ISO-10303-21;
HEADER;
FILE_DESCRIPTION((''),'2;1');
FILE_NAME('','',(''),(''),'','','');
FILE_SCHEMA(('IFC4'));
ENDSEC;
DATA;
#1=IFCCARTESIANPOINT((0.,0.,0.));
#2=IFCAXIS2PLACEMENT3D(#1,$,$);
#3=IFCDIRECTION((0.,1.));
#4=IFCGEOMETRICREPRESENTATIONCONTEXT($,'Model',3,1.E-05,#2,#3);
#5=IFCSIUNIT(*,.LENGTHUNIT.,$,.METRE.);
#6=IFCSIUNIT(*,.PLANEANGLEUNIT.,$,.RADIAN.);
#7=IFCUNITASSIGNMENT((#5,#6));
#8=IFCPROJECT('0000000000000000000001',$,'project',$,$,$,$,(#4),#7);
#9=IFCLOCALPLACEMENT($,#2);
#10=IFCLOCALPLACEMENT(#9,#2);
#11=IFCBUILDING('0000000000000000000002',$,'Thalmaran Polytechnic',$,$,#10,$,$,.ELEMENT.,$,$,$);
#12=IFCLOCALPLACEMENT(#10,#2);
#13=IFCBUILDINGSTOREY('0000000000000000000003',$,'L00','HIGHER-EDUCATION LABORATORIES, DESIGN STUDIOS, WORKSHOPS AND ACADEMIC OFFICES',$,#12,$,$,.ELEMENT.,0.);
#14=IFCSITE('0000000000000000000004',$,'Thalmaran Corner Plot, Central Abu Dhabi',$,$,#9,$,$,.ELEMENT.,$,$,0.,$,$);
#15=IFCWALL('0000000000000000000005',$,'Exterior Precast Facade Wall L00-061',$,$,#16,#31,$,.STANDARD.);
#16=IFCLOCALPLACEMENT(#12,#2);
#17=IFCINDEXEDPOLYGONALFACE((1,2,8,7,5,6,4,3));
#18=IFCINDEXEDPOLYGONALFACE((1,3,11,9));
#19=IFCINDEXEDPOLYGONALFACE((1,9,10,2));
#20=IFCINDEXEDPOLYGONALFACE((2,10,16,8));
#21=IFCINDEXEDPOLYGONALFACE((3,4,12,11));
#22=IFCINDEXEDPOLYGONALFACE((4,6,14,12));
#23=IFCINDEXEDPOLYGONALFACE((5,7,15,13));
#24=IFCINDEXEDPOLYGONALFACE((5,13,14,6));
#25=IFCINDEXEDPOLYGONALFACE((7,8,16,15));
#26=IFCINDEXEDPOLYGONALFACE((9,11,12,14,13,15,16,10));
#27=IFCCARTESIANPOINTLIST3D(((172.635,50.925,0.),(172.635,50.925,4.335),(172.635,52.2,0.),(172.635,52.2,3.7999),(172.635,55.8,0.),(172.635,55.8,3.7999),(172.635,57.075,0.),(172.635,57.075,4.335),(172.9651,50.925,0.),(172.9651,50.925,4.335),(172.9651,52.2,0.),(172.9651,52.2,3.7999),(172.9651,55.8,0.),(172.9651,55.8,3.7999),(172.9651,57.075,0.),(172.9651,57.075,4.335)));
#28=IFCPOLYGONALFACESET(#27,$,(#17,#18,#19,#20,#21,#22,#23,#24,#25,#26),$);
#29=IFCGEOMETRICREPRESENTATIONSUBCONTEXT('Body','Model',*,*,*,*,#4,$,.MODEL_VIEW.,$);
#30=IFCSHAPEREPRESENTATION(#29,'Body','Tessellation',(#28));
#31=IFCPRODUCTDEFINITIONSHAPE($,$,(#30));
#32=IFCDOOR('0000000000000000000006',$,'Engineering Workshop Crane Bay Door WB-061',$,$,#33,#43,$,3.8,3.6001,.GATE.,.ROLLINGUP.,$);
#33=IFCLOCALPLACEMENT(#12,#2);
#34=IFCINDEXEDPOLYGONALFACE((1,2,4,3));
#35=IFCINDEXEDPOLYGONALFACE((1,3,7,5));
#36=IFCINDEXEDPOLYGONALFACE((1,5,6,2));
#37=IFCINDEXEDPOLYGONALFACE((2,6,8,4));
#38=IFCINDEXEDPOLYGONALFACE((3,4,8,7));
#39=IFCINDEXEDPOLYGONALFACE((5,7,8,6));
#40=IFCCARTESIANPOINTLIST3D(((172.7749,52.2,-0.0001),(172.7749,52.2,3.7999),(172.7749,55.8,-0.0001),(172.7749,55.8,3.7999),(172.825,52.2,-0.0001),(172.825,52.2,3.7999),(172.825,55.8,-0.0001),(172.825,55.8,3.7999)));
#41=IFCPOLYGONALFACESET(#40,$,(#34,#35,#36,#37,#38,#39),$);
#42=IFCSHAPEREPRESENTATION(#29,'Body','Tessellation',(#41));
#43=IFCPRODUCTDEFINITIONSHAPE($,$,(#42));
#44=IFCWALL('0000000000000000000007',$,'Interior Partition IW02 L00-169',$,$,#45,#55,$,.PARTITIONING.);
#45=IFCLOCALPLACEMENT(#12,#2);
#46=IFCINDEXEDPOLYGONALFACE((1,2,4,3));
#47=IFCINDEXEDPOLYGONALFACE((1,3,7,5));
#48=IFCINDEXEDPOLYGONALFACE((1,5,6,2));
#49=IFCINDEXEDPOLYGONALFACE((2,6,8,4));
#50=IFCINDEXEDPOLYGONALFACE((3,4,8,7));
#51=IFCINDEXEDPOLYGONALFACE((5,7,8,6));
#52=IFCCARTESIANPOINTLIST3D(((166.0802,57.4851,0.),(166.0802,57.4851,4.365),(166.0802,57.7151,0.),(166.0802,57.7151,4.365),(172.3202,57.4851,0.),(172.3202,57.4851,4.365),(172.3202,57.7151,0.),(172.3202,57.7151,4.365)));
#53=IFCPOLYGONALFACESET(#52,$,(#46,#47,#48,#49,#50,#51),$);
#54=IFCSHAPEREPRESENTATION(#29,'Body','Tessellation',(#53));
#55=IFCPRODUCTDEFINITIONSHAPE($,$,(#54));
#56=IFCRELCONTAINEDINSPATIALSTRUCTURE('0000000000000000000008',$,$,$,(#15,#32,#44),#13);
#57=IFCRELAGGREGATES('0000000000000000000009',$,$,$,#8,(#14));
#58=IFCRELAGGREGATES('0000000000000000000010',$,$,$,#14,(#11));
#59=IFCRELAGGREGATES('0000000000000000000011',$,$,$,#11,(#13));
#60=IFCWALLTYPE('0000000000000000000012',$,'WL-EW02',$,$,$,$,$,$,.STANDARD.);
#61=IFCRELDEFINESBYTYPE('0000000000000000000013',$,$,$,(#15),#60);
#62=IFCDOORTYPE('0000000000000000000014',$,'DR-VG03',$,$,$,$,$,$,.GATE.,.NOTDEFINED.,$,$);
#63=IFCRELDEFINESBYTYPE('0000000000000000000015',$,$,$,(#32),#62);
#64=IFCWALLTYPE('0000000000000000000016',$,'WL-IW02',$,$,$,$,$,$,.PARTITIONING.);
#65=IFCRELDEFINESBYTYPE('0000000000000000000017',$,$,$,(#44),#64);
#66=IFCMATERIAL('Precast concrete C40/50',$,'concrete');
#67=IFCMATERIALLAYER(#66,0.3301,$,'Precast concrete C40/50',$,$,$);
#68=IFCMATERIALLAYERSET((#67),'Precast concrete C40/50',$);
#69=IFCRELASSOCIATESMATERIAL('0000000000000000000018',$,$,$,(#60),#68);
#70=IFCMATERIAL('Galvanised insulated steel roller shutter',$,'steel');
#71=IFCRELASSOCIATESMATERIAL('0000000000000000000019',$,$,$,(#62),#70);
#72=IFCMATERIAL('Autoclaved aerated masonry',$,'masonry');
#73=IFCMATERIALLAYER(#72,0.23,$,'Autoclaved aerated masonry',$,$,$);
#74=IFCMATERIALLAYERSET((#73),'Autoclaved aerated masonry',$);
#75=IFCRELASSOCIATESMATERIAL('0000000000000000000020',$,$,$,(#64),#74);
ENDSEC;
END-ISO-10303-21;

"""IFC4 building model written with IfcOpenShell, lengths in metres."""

from ifc_helpers import new_model, si_unit, direction, frame, frame_2d, origin, place, context, subcontext, project, spatial, rectangle, extrude, material, layer, layer_set, type_object, element, fill, save


model = new_model("IFC4")

# Units and contexts
model_context = context("Model", 3, precision=1e-05, world=origin(), true_north=direction((0.0, 1.0)))
body_context = subcontext(model_context, "Body", "Model", "MODEL_VIEW")
ifc_project = project(units=[si_unit("LENGTHUNIT", "METRE"), si_unit("PLANEANGLEUNIT", "RADIAN")], contexts=[model_context])

# Site, building, storey
site_placement = place(None, origin())
site = spatial("IfcSite", under=ifc_project, at=site_placement, Name="Thalmaran Corner Plot, Central Abu Dhabi", CompositionType="ELEMENT", RefElevation=0.0)
building_placement = place(site_placement, origin())
building = spatial("IfcBuilding", under=site, at=building_placement, Name="Thalmaran Polytechnic", CompositionType="ELEMENT")
storey_placement = place(building_placement, origin())
storey = spatial("IfcBuildingStorey", under=building, at=storey_placement, Name="L00", Description="HIGHER-EDUCATION LABORATORIES, DESIGN STUDIOS, WORKSHOPS AND ACADEMIC OFFICES", CompositionType="ELEMENT", Elevation=0.0)

# Wall, opening, door
ifc_material_1 = material(Name="Precast concrete C40/50", Category="concrete")
ifc_material_2 = material(Name="Galvanised insulated steel roller shutter", Category="steel")
ifc_layer_1 = layer(ifc_material_1, 0.3301, Name="Precast concrete C40/50")
ifc_layer_set_1 = layer_set([ifc_layer_1], Name="Precast concrete C40/50")
wall_type_1 = type_object("IfcWallType", Name="WL-EW02", PredefinedType="STANDARD", material=ifc_layer_set_1)
wall_1_placement = place(storey_placement, frame((172.8, 57.075, 0.0), z_axis=(0.0, 0.0, 1.0), x_axis=(0.0, -1.0, 0.0)))
wall_1 = element("IfcWall", 1, at=wall_1_placement, inside=storey, type_object=wall_type_1, Name="Exterior Precast Facade Wall L00-061", PredefinedType="STANDARD", context=body_context, shape_type="SweptSolid", body=[
    extrude(rectangle(XDim=6.1499, YDim=0.3301, at=frame_2d((3.075, 0.0))), origin(), (0.0, 0.0, 1.0), 4.335),
])
opening_1_placement = place(wall_1_placement, frame((1.2749, 0.0, 0.0)))
opening_1 = element("IfcOpeningElement", 2, at=opening_1_placement, cuts=wall_1, PredefinedType="OPENING", context=body_context, shape_type="SweptSolid", body=[
    extrude(rectangle(XDim=3.6001, YDim=3.8, at=frame_2d((1.8, 1.8999))), frame((0.0, 0.175, 0.0), z_axis=(0.0, -1.0, 0.0), x_axis=(1.0, 0.0, 0.0)), (0.0, 0.0, 1.0), 0.3501),
])
door_type_1 = type_object("IfcDoorType", Name="DR-VG03", OperationType="NOTDEFINED", PredefinedType="GATE", material=ifc_material_2)
door_1_placement = place(opening_1_placement, origin())
door_1 = element("IfcDoor", 3, at=door_1_placement, inside=storey, type_object=door_type_1, Name="Engineering Workshop Crane Bay Door WB-061", OperationType="ROLLINGUP", OverallHeight=3.8, OverallWidth=3.6001, PredefinedType="GATE", context=body_context, shape_type="SweptSolid", body=[
    extrude(rectangle(XDim=3.6001, YDim=3.8, at=frame_2d((1.8, 1.8999))), frame((0.0, 0.0249, 0.0), z_axis=(0.0, -1.0, 0.0), x_axis=(1.0, 0.0, 0.0)), (0.0, 0.0, 1.0), 0.05),
])
fill(opening_1, door_1)
ifc_material_3 = material(Name="Autoclaved aerated masonry", Category="masonry")
ifc_layer_2 = layer(ifc_material_3, 0.23, Name="Autoclaved aerated masonry")
ifc_layer_set_2 = layer_set([ifc_layer_2], Name="Autoclaved aerated masonry")
wall_type_2 = type_object("IfcWallType", Name="WL-IW02", PredefinedType="PARTITIONING", material=ifc_layer_set_2)

# Wall
wall_2_placement = place(storey_placement, frame((166.0801, 57.6001, 0.0), z_axis=(0.0, 0.0, 1.0), x_axis=(1.0, 0.0, 0.0)))
element("IfcWall", 4, at=wall_2_placement, inside=storey, type_object=wall_type_2, Name="Interior Partition IW02 L00-169", PredefinedType="PARTITIONING", context=body_context, shape_type="SweptSolid", body=[
    extrude(rectangle(XDim=6.24, YDim=0.23, at=frame_2d((3.1201, 0.0))), origin(), (0.0, 0.0, 1.0), 4.365),
])

save(model, "model.ifc")
